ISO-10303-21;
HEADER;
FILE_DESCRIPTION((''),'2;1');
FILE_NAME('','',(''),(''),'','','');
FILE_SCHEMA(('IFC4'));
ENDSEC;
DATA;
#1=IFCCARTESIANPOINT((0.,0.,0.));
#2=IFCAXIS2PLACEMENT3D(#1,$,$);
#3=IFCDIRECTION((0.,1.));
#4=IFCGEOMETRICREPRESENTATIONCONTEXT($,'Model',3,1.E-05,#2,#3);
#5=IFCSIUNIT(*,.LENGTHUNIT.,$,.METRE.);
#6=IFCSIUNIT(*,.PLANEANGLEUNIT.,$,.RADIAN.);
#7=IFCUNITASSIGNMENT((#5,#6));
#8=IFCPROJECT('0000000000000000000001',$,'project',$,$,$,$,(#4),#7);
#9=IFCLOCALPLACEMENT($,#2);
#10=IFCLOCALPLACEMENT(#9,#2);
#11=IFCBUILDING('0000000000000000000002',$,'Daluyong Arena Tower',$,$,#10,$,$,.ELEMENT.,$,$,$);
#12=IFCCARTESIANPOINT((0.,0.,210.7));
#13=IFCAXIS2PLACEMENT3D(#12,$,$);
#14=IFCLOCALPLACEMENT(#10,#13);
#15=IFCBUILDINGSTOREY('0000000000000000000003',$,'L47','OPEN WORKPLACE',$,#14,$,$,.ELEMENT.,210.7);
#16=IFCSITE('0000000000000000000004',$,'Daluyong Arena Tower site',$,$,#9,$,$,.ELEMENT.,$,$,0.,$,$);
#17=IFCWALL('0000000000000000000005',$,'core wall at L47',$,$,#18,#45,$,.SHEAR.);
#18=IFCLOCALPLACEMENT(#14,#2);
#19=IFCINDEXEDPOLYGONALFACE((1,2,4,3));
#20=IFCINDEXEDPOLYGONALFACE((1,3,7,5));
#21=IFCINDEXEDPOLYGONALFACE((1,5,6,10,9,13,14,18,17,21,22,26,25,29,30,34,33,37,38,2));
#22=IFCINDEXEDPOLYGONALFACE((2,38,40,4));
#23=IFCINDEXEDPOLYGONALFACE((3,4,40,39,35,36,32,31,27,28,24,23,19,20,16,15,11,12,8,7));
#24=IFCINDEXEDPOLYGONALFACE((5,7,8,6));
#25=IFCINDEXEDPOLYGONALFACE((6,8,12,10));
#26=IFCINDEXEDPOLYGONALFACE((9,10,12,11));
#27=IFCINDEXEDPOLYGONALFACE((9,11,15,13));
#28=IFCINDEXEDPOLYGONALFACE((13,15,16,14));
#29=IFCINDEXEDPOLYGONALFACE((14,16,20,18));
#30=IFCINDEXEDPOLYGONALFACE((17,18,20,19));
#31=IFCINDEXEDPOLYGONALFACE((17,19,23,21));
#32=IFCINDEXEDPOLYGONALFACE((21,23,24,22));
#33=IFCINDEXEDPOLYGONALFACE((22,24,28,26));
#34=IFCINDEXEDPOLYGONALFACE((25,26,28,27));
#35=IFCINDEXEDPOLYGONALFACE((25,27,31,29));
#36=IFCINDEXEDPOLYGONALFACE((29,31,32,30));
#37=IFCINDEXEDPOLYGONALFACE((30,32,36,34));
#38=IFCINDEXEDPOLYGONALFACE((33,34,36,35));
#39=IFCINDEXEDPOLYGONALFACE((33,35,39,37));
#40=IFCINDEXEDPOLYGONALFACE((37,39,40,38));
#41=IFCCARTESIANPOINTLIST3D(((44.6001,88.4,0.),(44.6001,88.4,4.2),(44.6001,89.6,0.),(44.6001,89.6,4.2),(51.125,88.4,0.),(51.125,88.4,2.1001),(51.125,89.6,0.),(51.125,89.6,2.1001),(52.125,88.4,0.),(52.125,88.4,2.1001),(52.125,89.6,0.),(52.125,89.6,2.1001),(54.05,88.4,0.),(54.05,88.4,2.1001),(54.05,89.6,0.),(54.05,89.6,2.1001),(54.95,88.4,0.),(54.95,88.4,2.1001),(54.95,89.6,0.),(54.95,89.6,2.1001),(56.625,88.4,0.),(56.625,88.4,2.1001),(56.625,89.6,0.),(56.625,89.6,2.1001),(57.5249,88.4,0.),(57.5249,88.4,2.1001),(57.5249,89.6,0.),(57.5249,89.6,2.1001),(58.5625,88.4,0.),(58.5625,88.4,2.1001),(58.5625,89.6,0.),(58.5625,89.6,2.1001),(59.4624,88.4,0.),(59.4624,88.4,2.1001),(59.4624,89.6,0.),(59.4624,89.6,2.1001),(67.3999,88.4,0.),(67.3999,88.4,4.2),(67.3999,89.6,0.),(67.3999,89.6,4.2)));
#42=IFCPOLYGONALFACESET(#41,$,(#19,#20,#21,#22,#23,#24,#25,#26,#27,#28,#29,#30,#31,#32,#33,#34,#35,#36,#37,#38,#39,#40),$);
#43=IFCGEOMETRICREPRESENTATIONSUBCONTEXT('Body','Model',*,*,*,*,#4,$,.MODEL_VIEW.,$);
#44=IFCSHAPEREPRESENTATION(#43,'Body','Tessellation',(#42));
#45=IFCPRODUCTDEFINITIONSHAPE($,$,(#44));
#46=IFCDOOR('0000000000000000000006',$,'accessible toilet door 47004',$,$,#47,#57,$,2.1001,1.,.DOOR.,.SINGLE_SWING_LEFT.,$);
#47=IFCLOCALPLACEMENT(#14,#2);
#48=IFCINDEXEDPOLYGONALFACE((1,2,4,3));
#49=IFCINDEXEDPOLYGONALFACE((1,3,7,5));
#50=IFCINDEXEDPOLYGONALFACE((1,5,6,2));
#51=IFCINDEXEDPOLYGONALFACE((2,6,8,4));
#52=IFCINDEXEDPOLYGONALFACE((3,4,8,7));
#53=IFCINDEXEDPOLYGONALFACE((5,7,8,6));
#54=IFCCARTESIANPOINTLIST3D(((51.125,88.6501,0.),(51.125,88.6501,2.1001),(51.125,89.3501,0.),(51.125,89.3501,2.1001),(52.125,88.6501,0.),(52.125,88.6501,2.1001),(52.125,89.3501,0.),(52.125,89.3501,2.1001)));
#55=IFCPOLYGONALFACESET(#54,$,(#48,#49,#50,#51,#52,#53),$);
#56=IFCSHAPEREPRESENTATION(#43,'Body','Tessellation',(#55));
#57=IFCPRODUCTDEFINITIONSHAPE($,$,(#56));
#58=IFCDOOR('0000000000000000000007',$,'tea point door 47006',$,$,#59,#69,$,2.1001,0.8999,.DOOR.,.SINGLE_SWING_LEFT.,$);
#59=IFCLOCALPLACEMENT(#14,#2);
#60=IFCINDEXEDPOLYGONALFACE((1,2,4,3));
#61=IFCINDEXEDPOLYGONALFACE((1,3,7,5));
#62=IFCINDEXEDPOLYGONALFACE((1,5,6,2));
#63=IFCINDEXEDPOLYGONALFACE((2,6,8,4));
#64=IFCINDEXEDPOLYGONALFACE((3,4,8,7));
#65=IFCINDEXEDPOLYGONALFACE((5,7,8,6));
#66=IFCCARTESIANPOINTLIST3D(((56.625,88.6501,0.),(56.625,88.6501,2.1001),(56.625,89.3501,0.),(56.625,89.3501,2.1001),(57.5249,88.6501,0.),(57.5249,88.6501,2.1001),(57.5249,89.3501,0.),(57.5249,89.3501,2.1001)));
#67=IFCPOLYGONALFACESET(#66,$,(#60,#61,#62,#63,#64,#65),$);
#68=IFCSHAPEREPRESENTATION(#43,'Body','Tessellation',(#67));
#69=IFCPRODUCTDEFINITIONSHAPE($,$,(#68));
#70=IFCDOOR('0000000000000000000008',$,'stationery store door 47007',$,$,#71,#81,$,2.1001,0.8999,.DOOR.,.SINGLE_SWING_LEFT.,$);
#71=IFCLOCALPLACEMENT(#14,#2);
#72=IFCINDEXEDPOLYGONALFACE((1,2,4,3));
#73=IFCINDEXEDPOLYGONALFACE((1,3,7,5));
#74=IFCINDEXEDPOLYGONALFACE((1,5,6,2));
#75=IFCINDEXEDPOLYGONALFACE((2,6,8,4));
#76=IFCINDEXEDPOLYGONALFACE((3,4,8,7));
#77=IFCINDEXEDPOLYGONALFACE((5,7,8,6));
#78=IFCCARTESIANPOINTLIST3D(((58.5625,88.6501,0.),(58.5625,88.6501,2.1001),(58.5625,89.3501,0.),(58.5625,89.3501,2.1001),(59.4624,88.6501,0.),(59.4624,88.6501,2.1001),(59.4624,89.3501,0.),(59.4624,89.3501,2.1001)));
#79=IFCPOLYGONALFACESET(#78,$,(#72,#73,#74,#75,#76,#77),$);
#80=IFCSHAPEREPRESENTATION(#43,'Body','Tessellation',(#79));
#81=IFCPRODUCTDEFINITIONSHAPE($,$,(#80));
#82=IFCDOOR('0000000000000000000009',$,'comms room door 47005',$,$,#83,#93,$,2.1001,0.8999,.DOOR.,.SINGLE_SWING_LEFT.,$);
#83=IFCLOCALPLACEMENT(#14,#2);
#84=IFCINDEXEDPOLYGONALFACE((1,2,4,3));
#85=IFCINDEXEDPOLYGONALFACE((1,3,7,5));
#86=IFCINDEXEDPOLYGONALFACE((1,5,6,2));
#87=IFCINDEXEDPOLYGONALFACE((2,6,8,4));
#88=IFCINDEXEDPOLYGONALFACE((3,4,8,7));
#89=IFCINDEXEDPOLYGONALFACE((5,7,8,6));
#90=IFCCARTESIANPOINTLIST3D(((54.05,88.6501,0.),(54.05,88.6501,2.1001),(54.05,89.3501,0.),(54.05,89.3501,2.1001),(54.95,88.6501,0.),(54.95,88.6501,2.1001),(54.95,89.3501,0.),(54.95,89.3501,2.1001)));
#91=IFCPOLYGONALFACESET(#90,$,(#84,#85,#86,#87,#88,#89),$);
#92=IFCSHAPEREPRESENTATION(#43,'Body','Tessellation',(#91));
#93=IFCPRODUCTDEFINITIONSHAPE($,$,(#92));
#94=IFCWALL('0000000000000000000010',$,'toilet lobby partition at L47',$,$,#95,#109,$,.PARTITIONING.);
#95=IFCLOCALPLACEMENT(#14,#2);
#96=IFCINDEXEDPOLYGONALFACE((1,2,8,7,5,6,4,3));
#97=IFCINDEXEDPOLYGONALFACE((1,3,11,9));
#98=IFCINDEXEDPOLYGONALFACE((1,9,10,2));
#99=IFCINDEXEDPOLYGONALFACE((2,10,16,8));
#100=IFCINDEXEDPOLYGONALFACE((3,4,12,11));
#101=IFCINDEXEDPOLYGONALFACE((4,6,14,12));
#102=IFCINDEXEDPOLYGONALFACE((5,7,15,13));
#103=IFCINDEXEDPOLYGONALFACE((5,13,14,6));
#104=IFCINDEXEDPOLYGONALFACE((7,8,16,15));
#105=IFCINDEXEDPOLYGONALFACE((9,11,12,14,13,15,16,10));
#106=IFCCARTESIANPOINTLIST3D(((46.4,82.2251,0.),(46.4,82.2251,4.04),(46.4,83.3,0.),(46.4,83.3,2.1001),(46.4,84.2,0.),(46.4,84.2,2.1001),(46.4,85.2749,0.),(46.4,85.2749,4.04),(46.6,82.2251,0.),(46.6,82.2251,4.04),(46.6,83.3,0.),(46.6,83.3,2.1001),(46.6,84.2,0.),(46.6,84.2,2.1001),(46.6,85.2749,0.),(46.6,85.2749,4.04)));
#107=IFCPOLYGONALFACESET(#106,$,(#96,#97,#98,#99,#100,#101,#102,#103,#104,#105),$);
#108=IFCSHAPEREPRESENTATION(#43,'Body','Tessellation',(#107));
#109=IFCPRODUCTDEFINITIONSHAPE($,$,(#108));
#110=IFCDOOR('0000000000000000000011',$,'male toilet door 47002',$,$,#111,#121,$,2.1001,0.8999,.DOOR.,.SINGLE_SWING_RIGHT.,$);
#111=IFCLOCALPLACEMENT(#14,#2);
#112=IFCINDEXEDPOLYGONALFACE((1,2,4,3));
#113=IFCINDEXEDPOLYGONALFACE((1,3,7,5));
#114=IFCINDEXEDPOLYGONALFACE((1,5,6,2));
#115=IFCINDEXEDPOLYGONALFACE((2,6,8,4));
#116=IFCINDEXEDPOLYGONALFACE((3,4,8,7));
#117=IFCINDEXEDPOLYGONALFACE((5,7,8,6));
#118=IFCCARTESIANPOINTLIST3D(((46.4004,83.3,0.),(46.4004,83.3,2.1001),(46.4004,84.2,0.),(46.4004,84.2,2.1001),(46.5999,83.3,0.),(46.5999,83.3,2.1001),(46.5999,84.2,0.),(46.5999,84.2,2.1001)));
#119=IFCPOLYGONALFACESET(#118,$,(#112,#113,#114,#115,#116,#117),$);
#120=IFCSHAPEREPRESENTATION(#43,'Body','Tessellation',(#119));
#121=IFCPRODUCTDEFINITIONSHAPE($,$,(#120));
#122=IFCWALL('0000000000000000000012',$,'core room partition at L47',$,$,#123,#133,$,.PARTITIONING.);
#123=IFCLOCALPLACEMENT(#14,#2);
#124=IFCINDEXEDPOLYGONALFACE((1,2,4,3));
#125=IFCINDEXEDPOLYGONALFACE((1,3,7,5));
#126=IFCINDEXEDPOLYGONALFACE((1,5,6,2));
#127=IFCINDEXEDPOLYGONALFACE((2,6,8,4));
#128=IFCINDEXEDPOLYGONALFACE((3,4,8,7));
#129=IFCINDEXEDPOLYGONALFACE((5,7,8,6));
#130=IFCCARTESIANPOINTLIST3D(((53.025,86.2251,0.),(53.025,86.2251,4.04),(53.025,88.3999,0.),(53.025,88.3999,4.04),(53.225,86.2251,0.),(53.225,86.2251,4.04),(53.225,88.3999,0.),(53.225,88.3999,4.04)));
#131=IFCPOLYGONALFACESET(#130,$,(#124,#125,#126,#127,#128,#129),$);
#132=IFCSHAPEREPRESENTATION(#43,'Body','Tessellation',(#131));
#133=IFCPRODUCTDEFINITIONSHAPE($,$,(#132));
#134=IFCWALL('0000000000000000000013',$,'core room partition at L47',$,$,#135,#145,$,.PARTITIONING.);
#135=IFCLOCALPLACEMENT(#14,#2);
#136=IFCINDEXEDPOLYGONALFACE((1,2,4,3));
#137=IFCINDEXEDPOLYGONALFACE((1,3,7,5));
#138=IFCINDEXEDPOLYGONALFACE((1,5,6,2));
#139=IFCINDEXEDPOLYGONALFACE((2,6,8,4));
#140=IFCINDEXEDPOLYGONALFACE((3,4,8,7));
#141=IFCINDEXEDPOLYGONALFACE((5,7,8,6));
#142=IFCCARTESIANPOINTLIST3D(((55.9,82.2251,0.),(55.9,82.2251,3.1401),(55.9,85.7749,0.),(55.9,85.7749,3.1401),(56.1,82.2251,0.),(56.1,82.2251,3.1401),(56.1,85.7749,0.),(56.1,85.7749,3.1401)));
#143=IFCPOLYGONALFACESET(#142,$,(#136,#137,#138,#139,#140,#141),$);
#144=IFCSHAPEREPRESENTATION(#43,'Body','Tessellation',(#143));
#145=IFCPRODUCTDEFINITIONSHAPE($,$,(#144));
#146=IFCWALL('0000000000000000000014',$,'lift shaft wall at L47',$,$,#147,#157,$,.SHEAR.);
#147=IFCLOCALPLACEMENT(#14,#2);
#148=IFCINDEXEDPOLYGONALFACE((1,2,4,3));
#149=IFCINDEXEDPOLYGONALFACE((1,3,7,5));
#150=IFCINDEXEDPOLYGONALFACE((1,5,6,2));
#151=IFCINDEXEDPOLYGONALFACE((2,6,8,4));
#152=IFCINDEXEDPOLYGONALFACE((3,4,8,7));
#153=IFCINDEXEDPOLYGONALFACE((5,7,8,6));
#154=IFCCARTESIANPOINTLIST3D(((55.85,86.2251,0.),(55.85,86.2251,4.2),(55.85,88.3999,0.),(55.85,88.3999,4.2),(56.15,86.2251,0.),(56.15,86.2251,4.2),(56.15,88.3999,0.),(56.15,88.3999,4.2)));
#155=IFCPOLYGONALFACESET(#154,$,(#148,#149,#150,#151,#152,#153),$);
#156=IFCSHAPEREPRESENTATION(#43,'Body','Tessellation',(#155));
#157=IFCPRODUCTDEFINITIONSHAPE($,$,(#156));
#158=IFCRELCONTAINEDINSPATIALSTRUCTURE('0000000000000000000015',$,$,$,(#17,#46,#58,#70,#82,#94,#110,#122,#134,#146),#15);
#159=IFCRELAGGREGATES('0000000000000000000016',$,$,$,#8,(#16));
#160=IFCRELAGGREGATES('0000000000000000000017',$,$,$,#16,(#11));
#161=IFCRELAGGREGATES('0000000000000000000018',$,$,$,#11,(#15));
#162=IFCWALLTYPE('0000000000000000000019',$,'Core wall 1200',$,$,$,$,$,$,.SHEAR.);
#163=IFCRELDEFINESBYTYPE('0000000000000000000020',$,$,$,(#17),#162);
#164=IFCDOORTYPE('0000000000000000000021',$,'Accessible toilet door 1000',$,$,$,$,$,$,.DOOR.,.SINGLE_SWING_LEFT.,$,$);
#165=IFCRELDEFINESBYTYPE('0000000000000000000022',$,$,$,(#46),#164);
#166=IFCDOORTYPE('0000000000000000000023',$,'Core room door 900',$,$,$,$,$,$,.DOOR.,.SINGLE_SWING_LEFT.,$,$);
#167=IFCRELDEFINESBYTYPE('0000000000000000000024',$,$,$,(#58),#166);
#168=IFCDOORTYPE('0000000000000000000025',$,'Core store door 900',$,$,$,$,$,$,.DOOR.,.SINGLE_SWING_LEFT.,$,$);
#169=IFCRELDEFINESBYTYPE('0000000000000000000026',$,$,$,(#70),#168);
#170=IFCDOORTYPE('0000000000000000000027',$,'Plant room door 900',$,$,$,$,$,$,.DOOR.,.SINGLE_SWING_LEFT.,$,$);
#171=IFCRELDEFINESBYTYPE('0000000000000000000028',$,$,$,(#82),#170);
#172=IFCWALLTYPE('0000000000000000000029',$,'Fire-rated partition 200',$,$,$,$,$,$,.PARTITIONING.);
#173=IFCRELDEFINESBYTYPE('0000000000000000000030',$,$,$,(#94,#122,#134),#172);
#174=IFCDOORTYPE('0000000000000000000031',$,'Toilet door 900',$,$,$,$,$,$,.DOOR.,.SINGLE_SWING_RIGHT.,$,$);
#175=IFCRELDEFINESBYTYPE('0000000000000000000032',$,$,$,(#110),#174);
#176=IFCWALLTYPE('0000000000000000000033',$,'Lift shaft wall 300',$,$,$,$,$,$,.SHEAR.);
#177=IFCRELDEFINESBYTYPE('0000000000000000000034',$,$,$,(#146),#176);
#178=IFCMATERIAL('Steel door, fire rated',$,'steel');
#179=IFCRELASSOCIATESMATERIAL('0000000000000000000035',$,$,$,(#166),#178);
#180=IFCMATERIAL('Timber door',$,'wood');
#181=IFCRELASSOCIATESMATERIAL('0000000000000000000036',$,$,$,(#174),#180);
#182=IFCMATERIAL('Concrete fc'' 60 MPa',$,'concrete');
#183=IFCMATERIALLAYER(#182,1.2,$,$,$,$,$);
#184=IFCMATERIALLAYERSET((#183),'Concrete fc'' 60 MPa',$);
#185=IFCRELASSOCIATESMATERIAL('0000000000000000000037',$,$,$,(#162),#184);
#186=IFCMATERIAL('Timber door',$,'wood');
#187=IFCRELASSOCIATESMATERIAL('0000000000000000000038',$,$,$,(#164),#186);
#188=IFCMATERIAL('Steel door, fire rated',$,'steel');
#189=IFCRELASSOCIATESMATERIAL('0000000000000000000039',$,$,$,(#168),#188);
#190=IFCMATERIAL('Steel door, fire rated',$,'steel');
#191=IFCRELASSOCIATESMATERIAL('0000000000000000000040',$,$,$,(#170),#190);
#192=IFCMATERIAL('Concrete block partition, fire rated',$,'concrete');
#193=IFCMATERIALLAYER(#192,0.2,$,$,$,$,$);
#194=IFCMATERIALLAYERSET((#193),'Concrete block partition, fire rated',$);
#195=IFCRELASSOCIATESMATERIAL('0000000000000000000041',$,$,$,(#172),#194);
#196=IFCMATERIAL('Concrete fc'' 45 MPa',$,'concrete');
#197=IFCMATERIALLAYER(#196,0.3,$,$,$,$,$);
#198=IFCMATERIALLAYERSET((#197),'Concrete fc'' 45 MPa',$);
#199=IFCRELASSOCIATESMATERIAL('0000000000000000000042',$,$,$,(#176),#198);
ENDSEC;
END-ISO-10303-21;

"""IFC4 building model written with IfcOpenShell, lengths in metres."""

from ifc_helpers import new_model, si_unit, direction, frame, frame_2d, origin, place, context, subcontext, project, spatial, rectangle, extrude, material, layer, layer_set, type_object, element, fill, save


model = new_model("IFC4")

# Units and contexts
model_context = context("Model", 3, precision=1e-05, world=origin(), true_north=direction((0.0, 1.0)))
body_context = subcontext(model_context, "Body", "Model", "MODEL_VIEW")
ifc_project = project(units=[si_unit("LENGTHUNIT", "METRE"), si_unit("PLANEANGLEUNIT", "RADIAN")], contexts=[model_context])

# Site, building, storey
site_placement = place(None, origin())
site = spatial("IfcSite", under=ifc_project, at=site_placement, Name="Daluyong Arena Tower site", CompositionType="ELEMENT", RefElevation=0.0)
building_placement = place(site_placement, origin())
building = spatial("IfcBuilding", under=site, at=building_placement, Name="Daluyong Arena Tower", CompositionType="ELEMENT")
storey_placement = place(building_placement, frame((0.0, 0.0, 210.7)))
storey = spatial("IfcBuildingStorey", under=building, at=storey_placement, Name="L47", Description="OPEN WORKPLACE", CompositionType="ELEMENT", Elevation=210.7)

# Shared definitions
ifc_material_1 = material(Name="Steel door, fire rated", Category="steel")
door_type_1 = type_object("IfcDoorType", Name="Core room door 900", OperationType="SINGLE_SWING_LEFT", PredefinedType="DOOR", material=ifc_material_1)
ifc_material_2 = material(Name="Timber door", Category="wood")
door_type_2 = type_object("IfcDoorType", Name="Toilet door 900", OperationType="SINGLE_SWING_RIGHT", PredefinedType="DOOR", material=ifc_material_2)

# Wall, openings, doors
ifc_material_3 = material(Name="Concrete fc' 60 MPa", Category="concrete")
ifc_layer_1 = layer(ifc_material_3, 1.2)
ifc_layer_set_1 = layer_set([ifc_layer_1], Name="Concrete fc' 60 MPa")
wall_type_1 = type_object("IfcWallType", Name="Core wall 1200", PredefinedType="SHEAR", material=ifc_layer_set_1)
wall_1_placement = place(storey_placement, frame((44.6001, 89.0, 0.0), z_axis=(0.0, 0.0, 1.0), x_axis=(1.0, 0.0, 0.0)))
wall_1 = element("IfcWall", 1, at=wall_1_placement, inside=storey, type_object=wall_type_1, Name="core wall at L47", PredefinedType="SHEAR", context=body_context, shape_type="SweptSolid", body=[
    extrude(rectangle(XDim=22.7998, YDim=1.2, at=frame_2d((11.3999, 0.0))), origin(), (0.0, 0.0, 1.0), 4.2),
])
opening_1_placement = place(wall_1_placement, frame((6.5249, 0.0, 0.0)))
opening_1 = element("IfcOpeningElement", 2, at=opening_1_placement, cuts=wall_1, PredefinedType="OPENING", context=body_context, shape_type="SweptSolid", body=[
    extrude(rectangle(XDim=1.0, YDim=2.1001, at=frame_2d((0.5, 1.05))), frame((0.0, 0.6099, 0.0), z_axis=(0.0, -1.0, 0.0), x_axis=(1.0, 0.0, 0.0)), (0.0, 0.0, 1.0), 1.22),
])
opening_2_placement = place(wall_1_placement, frame((9.45, 0.0, 0.0)))
opening_2 = element("IfcOpeningElement", 3, at=opening_2_placement, cuts=wall_1, PredefinedType="OPENING", context=body_context, shape_type="SweptSolid", body=[
    extrude(rectangle(XDim=0.8999, YDim=2.1001, at=frame_2d((0.45, 1.05))), frame((0.0, 0.6099, 0.0), z_axis=(0.0, -1.0, 0.0), x_axis=(1.0, 0.0, 0.0)), (0.0, 0.0, 1.0), 1.22),
])
opening_3_placement = place(wall_1_placement, frame((12.0249, 0.0, 0.0)))
opening_3 = element("IfcOpeningElement", 4, at=opening_3_placement, cuts=wall_1, PredefinedType="OPENING", context=body_context, shape_type="SweptSolid", body=[
    extrude(rectangle(XDim=0.8999, YDim=2.1001, at=frame_2d((0.45, 1.05))), frame((0.0, 0.6099, 0.0), z_axis=(0.0, -1.0, 0.0), x_axis=(1.0, 0.0, 0.0)), (0.0, 0.0, 1.0), 1.22),
])
opening_4_placement = place(wall_1_placement, frame((13.9624, 0.0, 0.0)))
opening_4 = element("IfcOpeningElement", 5, at=opening_4_placement, cuts=wall_1, PredefinedType="OPENING", context=body_context, shape_type="SweptSolid", body=[
    extrude(rectangle(XDim=0.8999, YDim=2.1001, at=frame_2d((0.45, 1.05))), frame((0.0, 0.6099, 0.0), z_axis=(0.0, -1.0, 0.0), x_axis=(1.0, 0.0, 0.0)), (0.0, 0.0, 1.0), 1.22),
])
ifc_material_4 = material(Name="Timber door", Category="wood")
door_type_3 = type_object("IfcDoorType", Name="Accessible toilet door 1000", OperationType="SINGLE_SWING_LEFT", PredefinedType="DOOR", material=ifc_material_4)
door_1_placement = place(opening_1_placement, origin())
door_1 = element("IfcDoor", 6, at=door_1_placement, inside=storey, type_object=door_type_3, Name="accessible toilet door 47004", OperationType="SINGLE_SWING_LEFT", OverallHeight=2.1001, OverallWidth=1.0, PredefinedType="DOOR", context=body_context, shape_type="SweptSolid", body=[
    extrude(rectangle(XDim=1.0, YDim=2.1001, at=frame_2d((0.5, 1.05))), frame((0.0, 0.3501, 0.0), z_axis=(0.0, -1.0, 0.0), x_axis=(1.0, 0.0, 0.0)), (0.0, 0.0, 1.0), 0.7),
])
fill(opening_1, door_1)
door_2_placement = place(opening_3_placement, origin())
door_2 = element("IfcDoor", 7, at=door_2_placement, inside=storey, type_object=door_type_1, Name="tea point door 47006", OperationType="SINGLE_SWING_LEFT", OverallHeight=2.1001, OverallWidth=0.8999, PredefinedType="DOOR", context=body_context, shape_type="SweptSolid", body=[
    extrude(rectangle(XDim=0.8999, YDim=2.1001, at=frame_2d((0.45, 1.05))), frame((0.0, 0.3501, 0.0), z_axis=(0.0, -1.0, 0.0), x_axis=(1.0, 0.0, 0.0)), (0.0, 0.0, 1.0), 0.7),
])
fill(opening_3, door_2)
ifc_material_5 = material(Name="Steel door, fire rated", Category="steel")
door_type_4 = type_object("IfcDoorType", Name="Core store door 900", OperationType="SINGLE_SWING_LEFT", PredefinedType="DOOR", material=ifc_material_5)
door_3_placement = place(opening_4_placement, origin())
door_3 = element("IfcDoor", 8, at=door_3_placement, inside=storey, type_object=door_type_4, Name="stationery store door 47007", OperationType="SINGLE_SWING_LEFT", OverallHeight=2.1001, OverallWidth=0.8999, PredefinedType="DOOR", context=body_context, shape_type="SweptSolid", body=[
    extrude(rectangle(XDim=0.8999, YDim=2.1001, at=frame_2d((0.45, 1.05))), frame((0.0, 0.3501, 0.0), z_axis=(0.0, -1.0, 0.0), x_axis=(1.0, 0.0, 0.0)), (0.0, 0.0, 1.0), 0.7),
])
fill(opening_4, door_3)
ifc_material_6 = material(Name="Steel door, fire rated", Category="steel")
door_type_5 = type_object("IfcDoorType", Name="Plant room door 900", OperationType="SINGLE_SWING_LEFT", PredefinedType="DOOR", material=ifc_material_6)
door_4_placement = place(opening_2_placement, origin())
door_4 = element("IfcDoor", 9, at=door_4_placement, inside=storey, type_object=door_type_5, Name="comms room door 47005", OperationType="SINGLE_SWING_LEFT", OverallHeight=2.1001, OverallWidth=0.8999, PredefinedType="DOOR", context=body_context, shape_type="SweptSolid", body=[
    extrude(rectangle(XDim=0.8999, YDim=2.1001, at=frame_2d((0.45, 1.05))), frame((0.0, 0.3501, 0.0), z_axis=(0.0, -1.0, 0.0), x_axis=(1.0, 0.0, 0.0)), (0.0, 0.0, 1.0), 0.7),
])
fill(opening_2, door_4)

# Wall, opening, door
ifc_material_7 = material(Name="Concrete block partition, fire rated", Category="concrete")
ifc_layer_2 = layer(ifc_material_7, 0.2)
ifc_layer_set_2 = layer_set([ifc_layer_2], Name="Concrete block partition, fire rated")
wall_type_2 = type_object("IfcWallType", Name="Fire-rated partition 200", PredefinedType="PARTITIONING", material=ifc_layer_set_2)
wall_2_placement = place(storey_placement, frame((46.5, 82.2251, 0.0), z_axis=(0.0, 0.0, 1.0), x_axis=(0.0, 1.0, 0.0)))
wall_2 = element("IfcWall", 10, at=wall_2_placement, inside=storey, type_object=wall_type_2, Name="toilet lobby partition at L47", PredefinedType="PARTITIONING", context=body_context, shape_type="SweptSolid", body=[
    extrude(rectangle(XDim=3.0498, YDim=0.2, at=frame_2d((1.5249, 0.0))), origin(), (0.0, 0.0, 1.0), 4.04),
])
opening_5_placement = place(wall_2_placement, frame((1.075, 0.0, 0.0)))
opening_5 = element("IfcOpeningElement", 11, at=opening_5_placement, cuts=wall_2, PredefinedType="OPENING", context=body_context, shape_type="SweptSolid", body=[
    extrude(rectangle(XDim=0.8999, YDim=2.1001, at=frame_2d((0.45, 1.05))), frame((0.0, 0.1099, 0.0), z_axis=(0.0, -1.0, 0.0), x_axis=(1.0, 0.0, 0.0)), (0.0, 0.0, 1.0), 0.22),
])
door_5_placement = place(opening_5_placement, origin())
door_5 = element("IfcDoor", 12, at=door_5_placement, inside=storey, type_object=door_type_2, Name="male toilet door 47002", OperationType="SINGLE_SWING_RIGHT", OverallHeight=2.1001, OverallWidth=0.8999, PredefinedType="DOOR", context=body_context, shape_type="SweptSolid", body=[
    extrude(rectangle(XDim=0.8999, YDim=2.1001, at=frame_2d((0.45, 1.05))), frame((0.0, 0.0996, 0.0), z_axis=(0.0, -1.0, 0.0), x_axis=(1.0, 0.0, 0.0)), (0.0, 0.0, 1.0), 0.1995),
])
fill(opening_5, door_5)

# Walls
wall_3_placement = place(storey_placement, frame((53.125, 86.2251, 0.0), z_axis=(0.0, 0.0, 1.0), x_axis=(0.0, 1.0, 0.0)))
element("IfcWall", 13, at=wall_3_placement, inside=storey, type_object=wall_type_2, Name="core room partition at L47", PredefinedType="PARTITIONING", context=body_context, shape_type="SweptSolid", body=[
    extrude(rectangle(XDim=2.1748, YDim=0.2, at=frame_2d((1.0874, 0.0))), origin(), (0.0, 0.0, 1.0), 4.04),
])
wall_4_placement = place(storey_placement, frame((56.0, 82.2251, 0.0), z_axis=(0.0, 0.0, 1.0), x_axis=(0.0, 1.0, 0.0)))
element("IfcWall", 14, at=wall_4_placement, inside=storey, type_object=wall_type_2, Name="core room partition at L47", PredefinedType="PARTITIONING", context=body_context, shape_type="SweptSolid", body=[
    extrude(rectangle(XDim=3.5498, YDim=0.2, at=frame_2d((1.7749, 0.0))), origin(), (0.0, 0.0, 1.0), 3.1401),
])
ifc_material_8 = material(Name="Concrete fc' 45 MPa", Category="concrete")
ifc_layer_3 = layer(ifc_material_8, 0.3)
ifc_layer_set_3 = layer_set([ifc_layer_3], Name="Concrete fc' 45 MPa")
wall_type_3 = type_object("IfcWallType", Name="Lift shaft wall 300", PredefinedType="SHEAR", material=ifc_layer_set_3)
wall_5_placement = place(storey_placement, frame((56.0, 86.2251, 0.0), z_axis=(0.0, 0.0, 1.0), x_axis=(0.0, 1.0, 0.0)))
element("IfcWall", 15, at=wall_5_placement, inside=storey, type_object=wall_type_3, Name="lift shaft wall at L47", PredefinedType="SHEAR", context=body_context, shape_type="SweptSolid", body=[
    extrude(rectangle(XDim=2.1748, YDim=0.3, at=frame_2d((1.0874, 0.0))), origin(), (0.0, 0.0, 1.0), 4.2),
])

save(model, "model.ifc")
